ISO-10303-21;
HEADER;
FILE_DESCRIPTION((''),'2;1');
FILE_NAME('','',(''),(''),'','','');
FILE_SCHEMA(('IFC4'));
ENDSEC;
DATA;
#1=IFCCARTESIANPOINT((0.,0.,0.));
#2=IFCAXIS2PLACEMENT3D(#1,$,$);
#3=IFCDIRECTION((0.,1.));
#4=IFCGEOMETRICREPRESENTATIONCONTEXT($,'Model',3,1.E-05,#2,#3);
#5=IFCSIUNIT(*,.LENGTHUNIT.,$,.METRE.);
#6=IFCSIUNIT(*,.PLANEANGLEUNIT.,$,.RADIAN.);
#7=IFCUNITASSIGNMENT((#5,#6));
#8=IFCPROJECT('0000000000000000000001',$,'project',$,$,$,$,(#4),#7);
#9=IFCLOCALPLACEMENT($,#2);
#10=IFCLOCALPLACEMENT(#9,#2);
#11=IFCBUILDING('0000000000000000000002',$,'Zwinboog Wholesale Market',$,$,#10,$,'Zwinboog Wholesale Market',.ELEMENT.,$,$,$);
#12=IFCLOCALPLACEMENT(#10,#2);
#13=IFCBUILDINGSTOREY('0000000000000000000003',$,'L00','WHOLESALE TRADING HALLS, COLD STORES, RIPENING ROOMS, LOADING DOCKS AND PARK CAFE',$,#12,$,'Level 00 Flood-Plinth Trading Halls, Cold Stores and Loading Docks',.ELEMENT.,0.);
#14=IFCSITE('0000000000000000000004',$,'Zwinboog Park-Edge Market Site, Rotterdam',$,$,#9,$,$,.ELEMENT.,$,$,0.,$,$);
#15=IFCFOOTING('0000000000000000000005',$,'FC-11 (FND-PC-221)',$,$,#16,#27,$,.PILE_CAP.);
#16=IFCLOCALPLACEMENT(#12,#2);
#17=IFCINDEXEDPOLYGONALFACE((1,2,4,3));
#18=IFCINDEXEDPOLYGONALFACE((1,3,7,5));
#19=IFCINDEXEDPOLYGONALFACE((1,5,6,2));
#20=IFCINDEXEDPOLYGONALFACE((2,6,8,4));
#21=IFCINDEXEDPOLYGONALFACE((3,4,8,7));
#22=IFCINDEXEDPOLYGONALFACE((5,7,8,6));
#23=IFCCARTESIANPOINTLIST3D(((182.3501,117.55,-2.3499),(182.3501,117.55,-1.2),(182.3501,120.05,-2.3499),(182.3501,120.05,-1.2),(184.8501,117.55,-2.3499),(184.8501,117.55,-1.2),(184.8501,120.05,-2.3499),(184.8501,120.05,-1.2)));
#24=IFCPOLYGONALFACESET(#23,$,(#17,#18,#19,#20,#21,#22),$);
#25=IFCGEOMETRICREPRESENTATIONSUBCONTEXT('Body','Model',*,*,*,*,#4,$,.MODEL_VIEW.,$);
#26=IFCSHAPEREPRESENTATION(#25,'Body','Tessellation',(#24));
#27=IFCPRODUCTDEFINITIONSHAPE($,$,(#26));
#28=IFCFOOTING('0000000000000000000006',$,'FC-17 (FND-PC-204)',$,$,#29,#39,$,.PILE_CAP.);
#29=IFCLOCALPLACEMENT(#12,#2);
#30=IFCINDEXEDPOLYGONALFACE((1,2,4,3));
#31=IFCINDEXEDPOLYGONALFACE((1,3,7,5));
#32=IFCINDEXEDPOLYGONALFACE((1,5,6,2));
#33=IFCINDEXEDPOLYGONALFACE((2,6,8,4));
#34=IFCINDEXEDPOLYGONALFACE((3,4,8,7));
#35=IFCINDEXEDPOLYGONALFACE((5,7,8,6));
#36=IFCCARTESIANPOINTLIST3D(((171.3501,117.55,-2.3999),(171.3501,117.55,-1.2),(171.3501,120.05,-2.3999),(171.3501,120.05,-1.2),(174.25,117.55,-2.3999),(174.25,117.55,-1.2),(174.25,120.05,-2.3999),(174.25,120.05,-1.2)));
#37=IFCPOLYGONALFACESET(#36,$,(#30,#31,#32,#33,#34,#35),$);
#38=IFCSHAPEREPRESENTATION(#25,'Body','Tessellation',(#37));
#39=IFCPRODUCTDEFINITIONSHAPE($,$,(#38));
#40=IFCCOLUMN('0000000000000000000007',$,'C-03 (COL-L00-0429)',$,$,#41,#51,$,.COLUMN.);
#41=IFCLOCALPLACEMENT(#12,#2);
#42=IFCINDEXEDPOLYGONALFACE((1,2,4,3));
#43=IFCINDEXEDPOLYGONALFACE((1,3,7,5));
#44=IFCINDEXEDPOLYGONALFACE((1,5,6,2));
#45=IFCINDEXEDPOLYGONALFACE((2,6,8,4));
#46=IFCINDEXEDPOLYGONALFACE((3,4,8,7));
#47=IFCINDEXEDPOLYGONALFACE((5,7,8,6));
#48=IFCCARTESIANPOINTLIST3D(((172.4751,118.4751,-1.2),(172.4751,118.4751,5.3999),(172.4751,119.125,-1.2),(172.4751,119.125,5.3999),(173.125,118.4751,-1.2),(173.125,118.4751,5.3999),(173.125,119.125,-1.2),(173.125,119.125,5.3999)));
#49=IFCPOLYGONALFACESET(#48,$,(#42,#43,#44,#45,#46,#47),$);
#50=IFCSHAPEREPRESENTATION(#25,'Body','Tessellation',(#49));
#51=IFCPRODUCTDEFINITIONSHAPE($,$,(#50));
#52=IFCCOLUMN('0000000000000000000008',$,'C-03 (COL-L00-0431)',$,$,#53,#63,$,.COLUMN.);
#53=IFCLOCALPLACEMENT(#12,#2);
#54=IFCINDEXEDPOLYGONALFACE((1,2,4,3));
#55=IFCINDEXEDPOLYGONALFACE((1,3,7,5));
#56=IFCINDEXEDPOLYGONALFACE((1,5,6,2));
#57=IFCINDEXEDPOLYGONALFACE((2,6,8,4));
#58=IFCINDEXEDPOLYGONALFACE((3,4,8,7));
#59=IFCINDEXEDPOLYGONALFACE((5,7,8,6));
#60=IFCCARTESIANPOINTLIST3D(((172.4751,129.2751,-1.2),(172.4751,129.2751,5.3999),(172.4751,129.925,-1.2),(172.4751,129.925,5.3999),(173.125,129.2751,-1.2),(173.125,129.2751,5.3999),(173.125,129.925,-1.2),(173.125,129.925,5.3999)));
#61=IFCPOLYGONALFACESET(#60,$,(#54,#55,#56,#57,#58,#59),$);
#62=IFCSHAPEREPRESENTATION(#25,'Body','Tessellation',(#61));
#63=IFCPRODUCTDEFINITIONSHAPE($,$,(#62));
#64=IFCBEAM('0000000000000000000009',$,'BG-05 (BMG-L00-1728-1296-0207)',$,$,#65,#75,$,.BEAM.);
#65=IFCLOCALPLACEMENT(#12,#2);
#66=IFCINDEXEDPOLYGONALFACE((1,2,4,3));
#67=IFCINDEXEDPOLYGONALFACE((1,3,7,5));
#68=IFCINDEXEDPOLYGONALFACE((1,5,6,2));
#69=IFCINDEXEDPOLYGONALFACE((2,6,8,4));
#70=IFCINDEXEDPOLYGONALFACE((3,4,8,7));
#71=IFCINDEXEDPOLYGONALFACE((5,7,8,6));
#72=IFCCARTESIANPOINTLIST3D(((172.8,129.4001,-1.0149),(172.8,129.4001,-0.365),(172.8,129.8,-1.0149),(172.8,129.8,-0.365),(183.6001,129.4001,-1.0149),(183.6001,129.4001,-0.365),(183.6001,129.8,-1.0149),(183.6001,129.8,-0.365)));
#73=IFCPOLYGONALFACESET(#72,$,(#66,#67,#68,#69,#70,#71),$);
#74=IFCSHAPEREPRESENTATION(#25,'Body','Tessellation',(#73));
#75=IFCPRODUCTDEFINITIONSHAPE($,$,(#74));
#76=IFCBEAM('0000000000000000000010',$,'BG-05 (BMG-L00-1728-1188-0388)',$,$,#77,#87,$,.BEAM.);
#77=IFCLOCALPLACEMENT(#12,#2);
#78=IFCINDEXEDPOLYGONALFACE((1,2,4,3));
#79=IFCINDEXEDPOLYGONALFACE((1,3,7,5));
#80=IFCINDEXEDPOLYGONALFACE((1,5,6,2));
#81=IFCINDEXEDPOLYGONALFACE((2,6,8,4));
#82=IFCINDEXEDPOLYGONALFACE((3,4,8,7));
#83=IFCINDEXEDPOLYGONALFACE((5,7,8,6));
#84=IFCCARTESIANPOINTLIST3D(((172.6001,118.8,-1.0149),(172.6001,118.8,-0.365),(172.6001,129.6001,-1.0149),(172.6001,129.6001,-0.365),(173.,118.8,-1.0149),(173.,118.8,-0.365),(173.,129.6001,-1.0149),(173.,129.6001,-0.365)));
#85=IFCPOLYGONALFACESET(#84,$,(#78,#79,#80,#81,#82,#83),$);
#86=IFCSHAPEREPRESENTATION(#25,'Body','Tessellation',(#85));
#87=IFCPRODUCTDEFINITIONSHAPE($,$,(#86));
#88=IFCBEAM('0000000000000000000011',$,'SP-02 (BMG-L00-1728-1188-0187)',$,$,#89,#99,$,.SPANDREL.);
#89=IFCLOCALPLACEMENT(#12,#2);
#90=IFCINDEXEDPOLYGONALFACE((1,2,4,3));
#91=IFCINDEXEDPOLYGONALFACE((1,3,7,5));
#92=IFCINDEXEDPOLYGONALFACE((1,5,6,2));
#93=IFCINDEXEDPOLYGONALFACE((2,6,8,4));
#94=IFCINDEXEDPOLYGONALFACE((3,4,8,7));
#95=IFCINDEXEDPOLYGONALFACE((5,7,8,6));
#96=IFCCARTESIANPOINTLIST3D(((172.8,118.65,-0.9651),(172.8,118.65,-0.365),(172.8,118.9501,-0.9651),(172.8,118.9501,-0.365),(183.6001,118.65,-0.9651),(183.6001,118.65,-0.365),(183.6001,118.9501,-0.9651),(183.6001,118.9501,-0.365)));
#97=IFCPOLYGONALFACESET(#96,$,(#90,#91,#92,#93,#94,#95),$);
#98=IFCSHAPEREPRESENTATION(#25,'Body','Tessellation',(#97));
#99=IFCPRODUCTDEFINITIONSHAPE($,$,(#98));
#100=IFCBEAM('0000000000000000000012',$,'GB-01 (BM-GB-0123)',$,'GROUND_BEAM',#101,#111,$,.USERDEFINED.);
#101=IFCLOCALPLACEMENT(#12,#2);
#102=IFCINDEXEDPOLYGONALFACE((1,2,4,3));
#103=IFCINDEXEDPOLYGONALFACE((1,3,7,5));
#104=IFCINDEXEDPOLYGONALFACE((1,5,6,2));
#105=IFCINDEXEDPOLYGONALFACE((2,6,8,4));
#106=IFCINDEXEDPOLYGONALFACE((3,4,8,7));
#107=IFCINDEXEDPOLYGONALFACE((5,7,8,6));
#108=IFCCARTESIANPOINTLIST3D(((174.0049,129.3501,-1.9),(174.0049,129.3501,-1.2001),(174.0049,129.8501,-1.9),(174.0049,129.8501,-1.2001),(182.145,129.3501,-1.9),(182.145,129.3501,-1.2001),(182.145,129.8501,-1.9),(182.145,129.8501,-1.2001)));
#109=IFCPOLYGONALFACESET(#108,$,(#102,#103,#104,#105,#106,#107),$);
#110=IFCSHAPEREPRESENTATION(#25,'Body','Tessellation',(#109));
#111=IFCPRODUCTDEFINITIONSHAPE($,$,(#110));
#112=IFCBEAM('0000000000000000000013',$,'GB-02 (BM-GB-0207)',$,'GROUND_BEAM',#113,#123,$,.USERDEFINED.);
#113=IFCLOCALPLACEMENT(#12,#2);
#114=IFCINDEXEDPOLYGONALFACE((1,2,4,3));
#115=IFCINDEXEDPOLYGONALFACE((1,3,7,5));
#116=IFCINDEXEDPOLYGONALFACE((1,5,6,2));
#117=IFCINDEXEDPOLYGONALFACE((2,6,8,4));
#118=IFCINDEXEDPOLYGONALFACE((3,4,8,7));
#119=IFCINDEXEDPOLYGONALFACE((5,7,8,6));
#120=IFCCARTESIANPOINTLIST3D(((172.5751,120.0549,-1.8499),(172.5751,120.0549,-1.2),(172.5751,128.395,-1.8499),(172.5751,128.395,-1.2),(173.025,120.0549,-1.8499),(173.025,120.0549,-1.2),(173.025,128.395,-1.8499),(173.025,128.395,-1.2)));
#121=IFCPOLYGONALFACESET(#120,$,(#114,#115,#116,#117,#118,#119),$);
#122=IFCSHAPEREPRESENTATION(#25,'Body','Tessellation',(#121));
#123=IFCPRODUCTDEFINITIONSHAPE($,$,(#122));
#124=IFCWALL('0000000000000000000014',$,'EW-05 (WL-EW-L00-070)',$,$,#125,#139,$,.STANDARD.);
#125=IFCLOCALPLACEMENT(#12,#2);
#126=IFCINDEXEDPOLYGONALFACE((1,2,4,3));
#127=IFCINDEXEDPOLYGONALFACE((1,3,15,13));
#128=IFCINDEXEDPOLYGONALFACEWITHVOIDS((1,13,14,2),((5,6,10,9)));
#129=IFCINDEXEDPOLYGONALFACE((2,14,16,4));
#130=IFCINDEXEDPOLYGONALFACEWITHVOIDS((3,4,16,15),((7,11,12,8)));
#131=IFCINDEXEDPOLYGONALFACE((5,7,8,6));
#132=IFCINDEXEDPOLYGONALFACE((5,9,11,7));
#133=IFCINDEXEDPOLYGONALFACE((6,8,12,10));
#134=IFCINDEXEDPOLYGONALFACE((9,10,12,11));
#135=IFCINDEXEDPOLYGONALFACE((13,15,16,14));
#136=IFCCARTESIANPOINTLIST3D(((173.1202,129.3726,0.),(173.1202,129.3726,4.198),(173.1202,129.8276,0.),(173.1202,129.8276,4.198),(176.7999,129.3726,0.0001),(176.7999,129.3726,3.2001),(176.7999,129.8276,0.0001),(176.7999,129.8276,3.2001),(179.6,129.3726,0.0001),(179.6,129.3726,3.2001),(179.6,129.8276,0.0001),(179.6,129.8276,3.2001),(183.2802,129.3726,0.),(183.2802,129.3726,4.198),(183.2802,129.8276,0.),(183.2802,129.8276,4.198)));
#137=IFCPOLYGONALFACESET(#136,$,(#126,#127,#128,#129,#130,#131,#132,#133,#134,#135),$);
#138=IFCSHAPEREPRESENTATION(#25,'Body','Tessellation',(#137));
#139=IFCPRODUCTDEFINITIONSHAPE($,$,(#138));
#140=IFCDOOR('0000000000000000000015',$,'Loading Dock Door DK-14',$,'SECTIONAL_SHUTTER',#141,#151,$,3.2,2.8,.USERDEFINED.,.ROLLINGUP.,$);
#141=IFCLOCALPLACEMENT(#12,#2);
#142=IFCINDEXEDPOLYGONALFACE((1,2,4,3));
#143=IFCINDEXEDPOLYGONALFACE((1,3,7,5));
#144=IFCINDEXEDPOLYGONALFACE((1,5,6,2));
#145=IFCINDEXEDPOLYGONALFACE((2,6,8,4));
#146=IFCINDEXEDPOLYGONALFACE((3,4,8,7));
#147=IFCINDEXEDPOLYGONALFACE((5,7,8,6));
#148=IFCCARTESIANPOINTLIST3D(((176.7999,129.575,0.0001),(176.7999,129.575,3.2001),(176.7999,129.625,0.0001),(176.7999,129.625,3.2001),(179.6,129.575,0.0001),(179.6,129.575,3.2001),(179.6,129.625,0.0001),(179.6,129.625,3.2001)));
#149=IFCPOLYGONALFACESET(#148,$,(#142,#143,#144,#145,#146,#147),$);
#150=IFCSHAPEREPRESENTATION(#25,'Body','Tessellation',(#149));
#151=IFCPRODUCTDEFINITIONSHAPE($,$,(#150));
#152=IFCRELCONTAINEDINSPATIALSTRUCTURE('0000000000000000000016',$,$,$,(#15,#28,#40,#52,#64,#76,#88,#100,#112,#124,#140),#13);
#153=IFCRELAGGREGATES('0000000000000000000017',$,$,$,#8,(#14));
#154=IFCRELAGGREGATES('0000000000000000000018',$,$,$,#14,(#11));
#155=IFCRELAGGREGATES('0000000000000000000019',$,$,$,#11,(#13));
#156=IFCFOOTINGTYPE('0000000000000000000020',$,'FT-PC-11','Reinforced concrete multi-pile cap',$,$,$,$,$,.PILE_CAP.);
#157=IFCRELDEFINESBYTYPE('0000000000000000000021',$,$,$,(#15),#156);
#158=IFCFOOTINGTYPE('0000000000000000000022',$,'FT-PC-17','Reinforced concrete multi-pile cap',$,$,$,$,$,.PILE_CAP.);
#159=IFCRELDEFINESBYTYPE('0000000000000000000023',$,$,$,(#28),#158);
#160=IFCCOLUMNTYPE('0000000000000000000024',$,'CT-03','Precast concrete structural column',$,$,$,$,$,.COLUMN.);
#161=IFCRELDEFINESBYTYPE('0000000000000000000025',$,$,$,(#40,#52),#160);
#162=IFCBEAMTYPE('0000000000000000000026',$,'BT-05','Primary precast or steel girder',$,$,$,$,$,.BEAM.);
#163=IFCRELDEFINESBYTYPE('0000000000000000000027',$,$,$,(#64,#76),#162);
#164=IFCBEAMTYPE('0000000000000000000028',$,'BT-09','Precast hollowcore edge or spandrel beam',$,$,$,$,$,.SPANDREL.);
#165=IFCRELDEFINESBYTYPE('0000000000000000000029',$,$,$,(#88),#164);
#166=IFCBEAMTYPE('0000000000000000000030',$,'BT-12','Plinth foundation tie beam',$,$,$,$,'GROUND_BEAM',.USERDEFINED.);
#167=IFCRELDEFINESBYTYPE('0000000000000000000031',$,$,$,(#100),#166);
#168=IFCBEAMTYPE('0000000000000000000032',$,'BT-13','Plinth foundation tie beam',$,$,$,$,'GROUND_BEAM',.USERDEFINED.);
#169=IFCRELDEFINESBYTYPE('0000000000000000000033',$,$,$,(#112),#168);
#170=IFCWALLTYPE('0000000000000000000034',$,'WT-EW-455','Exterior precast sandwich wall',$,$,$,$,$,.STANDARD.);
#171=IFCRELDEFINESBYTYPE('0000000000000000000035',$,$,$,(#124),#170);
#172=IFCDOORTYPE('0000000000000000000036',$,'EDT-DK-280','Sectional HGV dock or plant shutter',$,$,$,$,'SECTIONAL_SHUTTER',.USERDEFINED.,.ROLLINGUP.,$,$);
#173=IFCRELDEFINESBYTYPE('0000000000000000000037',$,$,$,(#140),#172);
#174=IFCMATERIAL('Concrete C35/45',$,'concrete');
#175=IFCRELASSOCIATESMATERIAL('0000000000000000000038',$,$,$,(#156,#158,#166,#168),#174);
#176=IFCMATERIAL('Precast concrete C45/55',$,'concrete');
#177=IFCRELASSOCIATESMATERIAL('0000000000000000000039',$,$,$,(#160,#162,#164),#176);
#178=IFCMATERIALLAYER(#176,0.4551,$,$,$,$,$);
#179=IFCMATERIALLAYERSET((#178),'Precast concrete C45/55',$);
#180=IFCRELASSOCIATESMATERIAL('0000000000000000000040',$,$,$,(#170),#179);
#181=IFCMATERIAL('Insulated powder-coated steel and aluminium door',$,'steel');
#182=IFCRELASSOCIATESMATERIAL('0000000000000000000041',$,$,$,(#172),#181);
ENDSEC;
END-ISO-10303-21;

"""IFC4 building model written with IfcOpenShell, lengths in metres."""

from ifc_helpers import new_model, si_unit, direction, frame, frame_2d, origin, origin_2d, place, context, subcontext, project, spatial, rectangle, extrude, material, layer, layer_set, material_profile, profile_set, type_object, element, fill, save


model = new_model("IFC4")

# Units and contexts
model_context = context("Model", 3, precision=1e-05, world=origin(), true_north=direction((0.0, 1.0)))
body_context = subcontext(model_context, "Body", "Model", "MODEL_VIEW")
ifc_project = project(units=[si_unit("LENGTHUNIT", "METRE"), si_unit("PLANEANGLEUNIT", "RADIAN")], contexts=[model_context])

# Site, building, storey
site_placement = place(None, origin())
site = spatial("IfcSite", under=ifc_project, at=site_placement, Name="Zwinboog Park-Edge Market Site, Rotterdam", CompositionType="ELEMENT", RefElevation=0.0)
building_placement = place(site_placement, origin())
building = spatial("IfcBuilding", under=site, at=building_placement, Name="Zwinboog Wholesale Market", LongName="Zwinboog Wholesale Market", CompositionType="ELEMENT")
storey_placement = place(building_placement, origin())
storey = spatial("IfcBuildingStorey", under=building, at=storey_placement, Name="L00", Description="WHOLESALE TRADING HALLS, COLD STORES, RIPENING ROOMS, LOADING DOCKS AND PARK CAFE", LongName="Level 00 Flood-Plinth Trading Halls, Cold Stores and Loading Docks", CompositionType="ELEMENT", Elevation=0.0)

# Footings
ifc_material_1 = material(Name="Concrete C35/45", Category="concrete")
footing_type_1 = type_object("IfcFootingType", Name="FT-PC-11", Description="Reinforced concrete multi-pile cap", PredefinedType="PILE_CAP", material=ifc_material_1)
footing_1_placement = place(storey_placement, frame((183.6001, 118.8, -2.3499), z_axis=(0.0, 0.0, 1.0), x_axis=(1.0, 0.0, 0.0)))
element("IfcFooting", 1, at=footing_1_placement, inside=storey, type_object=footing_type_1, Name="FC-11 (FND-PC-221)", PredefinedType="PILE_CAP", context=body_context, shape_type="SweptSolid", body=[
    extrude(rectangle(XDim=2.5, YDim=2.5, at=origin_2d()), origin(), (0.0, 0.0, 1.0), 1.1499),
])
footing_type_2 = type_object("IfcFootingType", Name="FT-PC-17", Description="Reinforced concrete multi-pile cap", PredefinedType="PILE_CAP", material=ifc_material_1)
footing_2_placement = place(storey_placement, frame((172.8, 118.8, -2.3999), z_axis=(0.0, 0.0, 1.0), x_axis=(1.0, 0.0, 0.0)))
element("IfcFooting", 2, at=footing_2_placement, inside=storey, type_object=footing_type_2, Name="FC-17 (FND-PC-204)", PredefinedType="PILE_CAP", context=body_context, shape_type="SweptSolid", body=[
    extrude(rectangle(XDim=2.8999, YDim=2.5, at=origin_2d()), origin(), (0.0, 0.0, 1.0), 1.2),
])

# Columns
ifc_material_2 = material(Name="Precast concrete C45/55", Category="concrete")
ifc_material_profile_1 = material_profile(ifc_material_2, rectangle(XDim=0.6499, YDim=0.6499, at=origin_2d()), Name="PC 650x650")
ifc_profile_set_1 = profile_set([ifc_material_profile_1], Name="Precast concrete C45/55")
column_type = type_object("IfcColumnType", Name="CT-03", Description="Precast concrete structural column", PredefinedType="COLUMN", material=ifc_profile_set_1)
for number, where, z_axis, x_axis, name in (
    (3, (172.8, 118.8, -1.2), (0.0, 0.0, 1.0), (1.0, 0.0, 0.0), "C-03 (COL-L00-0429)"),
    (4, (172.8, 129.6001, -1.2), (0.0, 0.0, 1.0), (1.0, 0.0, 0.0), "C-03 (COL-L00-0431)"),
):
    element("IfcColumn", number, at=place(storey_placement, frame(where, z_axis=z_axis, x_axis=x_axis)), inside=storey, type_object=column_type, Name=name, PredefinedType="COLUMN", context=body_context, shape_type="SweptSolid", body=[
        extrude(rectangle(XDim=0.6499, YDim=0.6499, at=origin_2d()), origin(), (0.0, 0.0, 1.0), 6.5999),
    ])

# Beams
ifc_material_profile_2 = material_profile(ifc_material_2, rectangle(XDim=0.3999, YDim=0.6499, at=origin_2d()), Name="PC 400x650")
ifc_profile_set_2 = profile_set([ifc_material_profile_2], Name="Precast concrete C45/55")
beam_type_1 = type_object("IfcBeamType", Name="BT-05", Description="Primary precast or steel girder", PredefinedType="BEAM", material=ifc_profile_set_2)
for number, where, z_axis, x_axis, name in (
    (5, (172.8, 129.6001, -0.6899), (1.0, 0.0, 0.0), (0.0, 1.0, 0.0), "BG-05 (BMG-L00-1728-1296-0207)"),
    (6, (172.8, 118.8, -0.6899), (0.0, 1.0, 0.0), (-1.0, 0.0, 0.0), "BG-05 (BMG-L00-1728-1188-0388)"),
):
    element("IfcBeam", number, at=place(storey_placement, frame(where, z_axis=z_axis, x_axis=x_axis)), inside=storey, type_object=beam_type_1, Name=name, PredefinedType="BEAM", context=body_context, shape_type="SweptSolid", body=[
        extrude(rectangle(XDim=0.3999, YDim=0.6499, at=origin_2d()), origin(), (0.0, 0.0, 1.0), 10.8),
    ])
ifc_material_profile_3 = material_profile(ifc_material_2, rectangle(XDim=0.3, YDim=0.6001, at=origin_2d()), Name="PC 300x600")
ifc_profile_set_3 = profile_set([ifc_material_profile_3], Name="Precast concrete C45/55")
beam_type_2 = type_object("IfcBeamType", Name="BT-09", Description="Precast hollowcore edge or spandrel beam", PredefinedType="SPANDREL", material=ifc_profile_set_3)
beam_1_placement = place(storey_placement, frame((172.8, 118.8, -0.665), z_axis=(1.0, 0.0, 0.0), x_axis=(0.0, 1.0, 0.0)))
element("IfcBeam", 7, at=beam_1_placement, inside=storey, type_object=beam_type_2, Name="SP-02 (BMG-L00-1728-1188-0187)", PredefinedType="SPANDREL", context=body_context, shape_type="SweptSolid", body=[
    extrude(rectangle(XDim=0.3, YDim=0.6001, at=origin_2d()), origin(), (0.0, 0.0, 1.0), 10.8),
])
ifc_material_profile_4 = material_profile(ifc_material_1, rectangle(XDim=0.5, YDim=0.7, at=origin_2d()), Name="RC 500x700")
ifc_profile_set_4 = profile_set([ifc_material_profile_4], Name="Concrete C35/45")
beam_type_3 = type_object("IfcBeamType", Name="BT-12", Description="Plinth foundation tie beam", ElementType="GROUND_BEAM", PredefinedType="USERDEFINED", material=ifc_profile_set_4)
beam_2_placement = place(storey_placement, frame((174.0049, 129.6001, -1.55), z_axis=(1.0, 0.0, 0.0), x_axis=(0.0, 1.0, 0.0)))
element("IfcBeam", 8, at=beam_2_placement, inside=storey, type_object=beam_type_3, Name="GB-01 (BM-GB-0123)", ObjectType="GROUND_BEAM", PredefinedType="USERDEFINED", context=body_context, shape_type="SweptSolid", body=[
    extrude(rectangle(XDim=0.5, YDim=0.7, at=origin_2d()), origin(), (0.0, 0.0, 1.0), 8.1401),
])
ifc_material_profile_5 = material_profile(ifc_material_1, rectangle(XDim=0.45, YDim=0.6499, at=origin_2d()), Name="RC 450x650")
ifc_profile_set_5 = profile_set([ifc_material_profile_5], Name="Concrete C35/45")
beam_type_4 = type_object("IfcBeamType", Name="BT-13", Description="Plinth foundation tie beam", ElementType="GROUND_BEAM", PredefinedType="USERDEFINED", material=ifc_profile_set_5)
beam_3_placement = place(storey_placement, frame((172.8, 120.0549, -1.5249), z_axis=(0.0, 1.0, 0.0), x_axis=(-1.0, 0.0, 0.0)))
element("IfcBeam", 9, at=beam_3_placement, inside=storey, type_object=beam_type_4, Name="GB-02 (BM-GB-0207)", ObjectType="GROUND_BEAM", PredefinedType="USERDEFINED", context=body_context, shape_type="SweptSolid", body=[
    extrude(rectangle(XDim=0.45, YDim=0.6499, at=origin_2d()), origin(), (0.0, 0.0, 1.0), 8.3401),
])

# Wall, opening, door
ifc_layer_1 = layer(ifc_material_2, 0.4551)
ifc_layer_set_1 = layer_set([ifc_layer_1], Name="Precast concrete C45/55")
wall_type_1 = type_object("IfcWallType", Name="WT-EW-455", Description="Exterior precast sandwich wall", PredefinedType="STANDARD", material=ifc_layer_set_1)
wall_1_placement = place(storey_placement, frame((173.1201, 129.6001, 0.0), z_axis=(0.0, 0.0, 1.0), x_axis=(1.0, 0.0, 0.0)))
wall_1 = element("IfcWall", 10, at=wall_1_placement, inside=storey, type_object=wall_type_1, Name="EW-05 (WL-EW-L00-070)", PredefinedType="STANDARD", context=body_context, shape_type="SweptSolid", body=[
    extrude(rectangle(XDim=10.1599, YDim=0.4551, at=frame_2d((5.0801, 0.0))), origin(), (0.0, 0.0, 1.0), 4.198),
])
opening_1_placement = place(wall_1_placement, frame((3.6799, 0.0, 0.0)))
opening_1 = element("IfcOpeningElement", 11, at=opening_1_placement, cuts=wall_1, PredefinedType="OPENING", context=body_context, shape_type="SweptSolid", body=[
    extrude(rectangle(XDim=2.8, YDim=3.2, at=frame_2d((1.3999, 1.6001))), frame((0.0, 0.2375, 0.0), z_axis=(0.0, -1.0, 0.0), x_axis=(1.0, 0.0, 0.0)), (0.0, 0.0, 1.0), 0.4751),
])
ifc_material_3 = material(Name="Insulated powder-coated steel and aluminium door", Category="steel")
door_type_1 = type_object("IfcDoorType", Name="EDT-DK-280", Description="Sectional HGV dock or plant shutter", ElementType="SECTIONAL_SHUTTER", OperationType="ROLLINGUP", PredefinedType="USERDEFINED", material=ifc_material_3)
door_1_placement = place(opening_1_placement, origin())
door_1 = element("IfcDoor", 12, at=door_1_placement, inside=storey, type_object=door_type_1, Name="Loading Dock Door DK-14", ObjectType="SECTIONAL_SHUTTER", OperationType="ROLLINGUP", OverallHeight=3.2, OverallWidth=2.8, PredefinedType="USERDEFINED", context=body_context, shape_type="SweptSolid", body=[
    extrude(rectangle(XDim=2.8, YDim=3.2, at=frame_2d((1.3999, 1.6001))), frame((0.0, 0.0249, 0.0), z_axis=(0.0, -1.0, 0.0), x_axis=(1.0, 0.0, 0.0)), (0.0, 0.0, 1.0), 0.05),
])
fill(opening_1, door_1)

save(model, "model.ifc")
